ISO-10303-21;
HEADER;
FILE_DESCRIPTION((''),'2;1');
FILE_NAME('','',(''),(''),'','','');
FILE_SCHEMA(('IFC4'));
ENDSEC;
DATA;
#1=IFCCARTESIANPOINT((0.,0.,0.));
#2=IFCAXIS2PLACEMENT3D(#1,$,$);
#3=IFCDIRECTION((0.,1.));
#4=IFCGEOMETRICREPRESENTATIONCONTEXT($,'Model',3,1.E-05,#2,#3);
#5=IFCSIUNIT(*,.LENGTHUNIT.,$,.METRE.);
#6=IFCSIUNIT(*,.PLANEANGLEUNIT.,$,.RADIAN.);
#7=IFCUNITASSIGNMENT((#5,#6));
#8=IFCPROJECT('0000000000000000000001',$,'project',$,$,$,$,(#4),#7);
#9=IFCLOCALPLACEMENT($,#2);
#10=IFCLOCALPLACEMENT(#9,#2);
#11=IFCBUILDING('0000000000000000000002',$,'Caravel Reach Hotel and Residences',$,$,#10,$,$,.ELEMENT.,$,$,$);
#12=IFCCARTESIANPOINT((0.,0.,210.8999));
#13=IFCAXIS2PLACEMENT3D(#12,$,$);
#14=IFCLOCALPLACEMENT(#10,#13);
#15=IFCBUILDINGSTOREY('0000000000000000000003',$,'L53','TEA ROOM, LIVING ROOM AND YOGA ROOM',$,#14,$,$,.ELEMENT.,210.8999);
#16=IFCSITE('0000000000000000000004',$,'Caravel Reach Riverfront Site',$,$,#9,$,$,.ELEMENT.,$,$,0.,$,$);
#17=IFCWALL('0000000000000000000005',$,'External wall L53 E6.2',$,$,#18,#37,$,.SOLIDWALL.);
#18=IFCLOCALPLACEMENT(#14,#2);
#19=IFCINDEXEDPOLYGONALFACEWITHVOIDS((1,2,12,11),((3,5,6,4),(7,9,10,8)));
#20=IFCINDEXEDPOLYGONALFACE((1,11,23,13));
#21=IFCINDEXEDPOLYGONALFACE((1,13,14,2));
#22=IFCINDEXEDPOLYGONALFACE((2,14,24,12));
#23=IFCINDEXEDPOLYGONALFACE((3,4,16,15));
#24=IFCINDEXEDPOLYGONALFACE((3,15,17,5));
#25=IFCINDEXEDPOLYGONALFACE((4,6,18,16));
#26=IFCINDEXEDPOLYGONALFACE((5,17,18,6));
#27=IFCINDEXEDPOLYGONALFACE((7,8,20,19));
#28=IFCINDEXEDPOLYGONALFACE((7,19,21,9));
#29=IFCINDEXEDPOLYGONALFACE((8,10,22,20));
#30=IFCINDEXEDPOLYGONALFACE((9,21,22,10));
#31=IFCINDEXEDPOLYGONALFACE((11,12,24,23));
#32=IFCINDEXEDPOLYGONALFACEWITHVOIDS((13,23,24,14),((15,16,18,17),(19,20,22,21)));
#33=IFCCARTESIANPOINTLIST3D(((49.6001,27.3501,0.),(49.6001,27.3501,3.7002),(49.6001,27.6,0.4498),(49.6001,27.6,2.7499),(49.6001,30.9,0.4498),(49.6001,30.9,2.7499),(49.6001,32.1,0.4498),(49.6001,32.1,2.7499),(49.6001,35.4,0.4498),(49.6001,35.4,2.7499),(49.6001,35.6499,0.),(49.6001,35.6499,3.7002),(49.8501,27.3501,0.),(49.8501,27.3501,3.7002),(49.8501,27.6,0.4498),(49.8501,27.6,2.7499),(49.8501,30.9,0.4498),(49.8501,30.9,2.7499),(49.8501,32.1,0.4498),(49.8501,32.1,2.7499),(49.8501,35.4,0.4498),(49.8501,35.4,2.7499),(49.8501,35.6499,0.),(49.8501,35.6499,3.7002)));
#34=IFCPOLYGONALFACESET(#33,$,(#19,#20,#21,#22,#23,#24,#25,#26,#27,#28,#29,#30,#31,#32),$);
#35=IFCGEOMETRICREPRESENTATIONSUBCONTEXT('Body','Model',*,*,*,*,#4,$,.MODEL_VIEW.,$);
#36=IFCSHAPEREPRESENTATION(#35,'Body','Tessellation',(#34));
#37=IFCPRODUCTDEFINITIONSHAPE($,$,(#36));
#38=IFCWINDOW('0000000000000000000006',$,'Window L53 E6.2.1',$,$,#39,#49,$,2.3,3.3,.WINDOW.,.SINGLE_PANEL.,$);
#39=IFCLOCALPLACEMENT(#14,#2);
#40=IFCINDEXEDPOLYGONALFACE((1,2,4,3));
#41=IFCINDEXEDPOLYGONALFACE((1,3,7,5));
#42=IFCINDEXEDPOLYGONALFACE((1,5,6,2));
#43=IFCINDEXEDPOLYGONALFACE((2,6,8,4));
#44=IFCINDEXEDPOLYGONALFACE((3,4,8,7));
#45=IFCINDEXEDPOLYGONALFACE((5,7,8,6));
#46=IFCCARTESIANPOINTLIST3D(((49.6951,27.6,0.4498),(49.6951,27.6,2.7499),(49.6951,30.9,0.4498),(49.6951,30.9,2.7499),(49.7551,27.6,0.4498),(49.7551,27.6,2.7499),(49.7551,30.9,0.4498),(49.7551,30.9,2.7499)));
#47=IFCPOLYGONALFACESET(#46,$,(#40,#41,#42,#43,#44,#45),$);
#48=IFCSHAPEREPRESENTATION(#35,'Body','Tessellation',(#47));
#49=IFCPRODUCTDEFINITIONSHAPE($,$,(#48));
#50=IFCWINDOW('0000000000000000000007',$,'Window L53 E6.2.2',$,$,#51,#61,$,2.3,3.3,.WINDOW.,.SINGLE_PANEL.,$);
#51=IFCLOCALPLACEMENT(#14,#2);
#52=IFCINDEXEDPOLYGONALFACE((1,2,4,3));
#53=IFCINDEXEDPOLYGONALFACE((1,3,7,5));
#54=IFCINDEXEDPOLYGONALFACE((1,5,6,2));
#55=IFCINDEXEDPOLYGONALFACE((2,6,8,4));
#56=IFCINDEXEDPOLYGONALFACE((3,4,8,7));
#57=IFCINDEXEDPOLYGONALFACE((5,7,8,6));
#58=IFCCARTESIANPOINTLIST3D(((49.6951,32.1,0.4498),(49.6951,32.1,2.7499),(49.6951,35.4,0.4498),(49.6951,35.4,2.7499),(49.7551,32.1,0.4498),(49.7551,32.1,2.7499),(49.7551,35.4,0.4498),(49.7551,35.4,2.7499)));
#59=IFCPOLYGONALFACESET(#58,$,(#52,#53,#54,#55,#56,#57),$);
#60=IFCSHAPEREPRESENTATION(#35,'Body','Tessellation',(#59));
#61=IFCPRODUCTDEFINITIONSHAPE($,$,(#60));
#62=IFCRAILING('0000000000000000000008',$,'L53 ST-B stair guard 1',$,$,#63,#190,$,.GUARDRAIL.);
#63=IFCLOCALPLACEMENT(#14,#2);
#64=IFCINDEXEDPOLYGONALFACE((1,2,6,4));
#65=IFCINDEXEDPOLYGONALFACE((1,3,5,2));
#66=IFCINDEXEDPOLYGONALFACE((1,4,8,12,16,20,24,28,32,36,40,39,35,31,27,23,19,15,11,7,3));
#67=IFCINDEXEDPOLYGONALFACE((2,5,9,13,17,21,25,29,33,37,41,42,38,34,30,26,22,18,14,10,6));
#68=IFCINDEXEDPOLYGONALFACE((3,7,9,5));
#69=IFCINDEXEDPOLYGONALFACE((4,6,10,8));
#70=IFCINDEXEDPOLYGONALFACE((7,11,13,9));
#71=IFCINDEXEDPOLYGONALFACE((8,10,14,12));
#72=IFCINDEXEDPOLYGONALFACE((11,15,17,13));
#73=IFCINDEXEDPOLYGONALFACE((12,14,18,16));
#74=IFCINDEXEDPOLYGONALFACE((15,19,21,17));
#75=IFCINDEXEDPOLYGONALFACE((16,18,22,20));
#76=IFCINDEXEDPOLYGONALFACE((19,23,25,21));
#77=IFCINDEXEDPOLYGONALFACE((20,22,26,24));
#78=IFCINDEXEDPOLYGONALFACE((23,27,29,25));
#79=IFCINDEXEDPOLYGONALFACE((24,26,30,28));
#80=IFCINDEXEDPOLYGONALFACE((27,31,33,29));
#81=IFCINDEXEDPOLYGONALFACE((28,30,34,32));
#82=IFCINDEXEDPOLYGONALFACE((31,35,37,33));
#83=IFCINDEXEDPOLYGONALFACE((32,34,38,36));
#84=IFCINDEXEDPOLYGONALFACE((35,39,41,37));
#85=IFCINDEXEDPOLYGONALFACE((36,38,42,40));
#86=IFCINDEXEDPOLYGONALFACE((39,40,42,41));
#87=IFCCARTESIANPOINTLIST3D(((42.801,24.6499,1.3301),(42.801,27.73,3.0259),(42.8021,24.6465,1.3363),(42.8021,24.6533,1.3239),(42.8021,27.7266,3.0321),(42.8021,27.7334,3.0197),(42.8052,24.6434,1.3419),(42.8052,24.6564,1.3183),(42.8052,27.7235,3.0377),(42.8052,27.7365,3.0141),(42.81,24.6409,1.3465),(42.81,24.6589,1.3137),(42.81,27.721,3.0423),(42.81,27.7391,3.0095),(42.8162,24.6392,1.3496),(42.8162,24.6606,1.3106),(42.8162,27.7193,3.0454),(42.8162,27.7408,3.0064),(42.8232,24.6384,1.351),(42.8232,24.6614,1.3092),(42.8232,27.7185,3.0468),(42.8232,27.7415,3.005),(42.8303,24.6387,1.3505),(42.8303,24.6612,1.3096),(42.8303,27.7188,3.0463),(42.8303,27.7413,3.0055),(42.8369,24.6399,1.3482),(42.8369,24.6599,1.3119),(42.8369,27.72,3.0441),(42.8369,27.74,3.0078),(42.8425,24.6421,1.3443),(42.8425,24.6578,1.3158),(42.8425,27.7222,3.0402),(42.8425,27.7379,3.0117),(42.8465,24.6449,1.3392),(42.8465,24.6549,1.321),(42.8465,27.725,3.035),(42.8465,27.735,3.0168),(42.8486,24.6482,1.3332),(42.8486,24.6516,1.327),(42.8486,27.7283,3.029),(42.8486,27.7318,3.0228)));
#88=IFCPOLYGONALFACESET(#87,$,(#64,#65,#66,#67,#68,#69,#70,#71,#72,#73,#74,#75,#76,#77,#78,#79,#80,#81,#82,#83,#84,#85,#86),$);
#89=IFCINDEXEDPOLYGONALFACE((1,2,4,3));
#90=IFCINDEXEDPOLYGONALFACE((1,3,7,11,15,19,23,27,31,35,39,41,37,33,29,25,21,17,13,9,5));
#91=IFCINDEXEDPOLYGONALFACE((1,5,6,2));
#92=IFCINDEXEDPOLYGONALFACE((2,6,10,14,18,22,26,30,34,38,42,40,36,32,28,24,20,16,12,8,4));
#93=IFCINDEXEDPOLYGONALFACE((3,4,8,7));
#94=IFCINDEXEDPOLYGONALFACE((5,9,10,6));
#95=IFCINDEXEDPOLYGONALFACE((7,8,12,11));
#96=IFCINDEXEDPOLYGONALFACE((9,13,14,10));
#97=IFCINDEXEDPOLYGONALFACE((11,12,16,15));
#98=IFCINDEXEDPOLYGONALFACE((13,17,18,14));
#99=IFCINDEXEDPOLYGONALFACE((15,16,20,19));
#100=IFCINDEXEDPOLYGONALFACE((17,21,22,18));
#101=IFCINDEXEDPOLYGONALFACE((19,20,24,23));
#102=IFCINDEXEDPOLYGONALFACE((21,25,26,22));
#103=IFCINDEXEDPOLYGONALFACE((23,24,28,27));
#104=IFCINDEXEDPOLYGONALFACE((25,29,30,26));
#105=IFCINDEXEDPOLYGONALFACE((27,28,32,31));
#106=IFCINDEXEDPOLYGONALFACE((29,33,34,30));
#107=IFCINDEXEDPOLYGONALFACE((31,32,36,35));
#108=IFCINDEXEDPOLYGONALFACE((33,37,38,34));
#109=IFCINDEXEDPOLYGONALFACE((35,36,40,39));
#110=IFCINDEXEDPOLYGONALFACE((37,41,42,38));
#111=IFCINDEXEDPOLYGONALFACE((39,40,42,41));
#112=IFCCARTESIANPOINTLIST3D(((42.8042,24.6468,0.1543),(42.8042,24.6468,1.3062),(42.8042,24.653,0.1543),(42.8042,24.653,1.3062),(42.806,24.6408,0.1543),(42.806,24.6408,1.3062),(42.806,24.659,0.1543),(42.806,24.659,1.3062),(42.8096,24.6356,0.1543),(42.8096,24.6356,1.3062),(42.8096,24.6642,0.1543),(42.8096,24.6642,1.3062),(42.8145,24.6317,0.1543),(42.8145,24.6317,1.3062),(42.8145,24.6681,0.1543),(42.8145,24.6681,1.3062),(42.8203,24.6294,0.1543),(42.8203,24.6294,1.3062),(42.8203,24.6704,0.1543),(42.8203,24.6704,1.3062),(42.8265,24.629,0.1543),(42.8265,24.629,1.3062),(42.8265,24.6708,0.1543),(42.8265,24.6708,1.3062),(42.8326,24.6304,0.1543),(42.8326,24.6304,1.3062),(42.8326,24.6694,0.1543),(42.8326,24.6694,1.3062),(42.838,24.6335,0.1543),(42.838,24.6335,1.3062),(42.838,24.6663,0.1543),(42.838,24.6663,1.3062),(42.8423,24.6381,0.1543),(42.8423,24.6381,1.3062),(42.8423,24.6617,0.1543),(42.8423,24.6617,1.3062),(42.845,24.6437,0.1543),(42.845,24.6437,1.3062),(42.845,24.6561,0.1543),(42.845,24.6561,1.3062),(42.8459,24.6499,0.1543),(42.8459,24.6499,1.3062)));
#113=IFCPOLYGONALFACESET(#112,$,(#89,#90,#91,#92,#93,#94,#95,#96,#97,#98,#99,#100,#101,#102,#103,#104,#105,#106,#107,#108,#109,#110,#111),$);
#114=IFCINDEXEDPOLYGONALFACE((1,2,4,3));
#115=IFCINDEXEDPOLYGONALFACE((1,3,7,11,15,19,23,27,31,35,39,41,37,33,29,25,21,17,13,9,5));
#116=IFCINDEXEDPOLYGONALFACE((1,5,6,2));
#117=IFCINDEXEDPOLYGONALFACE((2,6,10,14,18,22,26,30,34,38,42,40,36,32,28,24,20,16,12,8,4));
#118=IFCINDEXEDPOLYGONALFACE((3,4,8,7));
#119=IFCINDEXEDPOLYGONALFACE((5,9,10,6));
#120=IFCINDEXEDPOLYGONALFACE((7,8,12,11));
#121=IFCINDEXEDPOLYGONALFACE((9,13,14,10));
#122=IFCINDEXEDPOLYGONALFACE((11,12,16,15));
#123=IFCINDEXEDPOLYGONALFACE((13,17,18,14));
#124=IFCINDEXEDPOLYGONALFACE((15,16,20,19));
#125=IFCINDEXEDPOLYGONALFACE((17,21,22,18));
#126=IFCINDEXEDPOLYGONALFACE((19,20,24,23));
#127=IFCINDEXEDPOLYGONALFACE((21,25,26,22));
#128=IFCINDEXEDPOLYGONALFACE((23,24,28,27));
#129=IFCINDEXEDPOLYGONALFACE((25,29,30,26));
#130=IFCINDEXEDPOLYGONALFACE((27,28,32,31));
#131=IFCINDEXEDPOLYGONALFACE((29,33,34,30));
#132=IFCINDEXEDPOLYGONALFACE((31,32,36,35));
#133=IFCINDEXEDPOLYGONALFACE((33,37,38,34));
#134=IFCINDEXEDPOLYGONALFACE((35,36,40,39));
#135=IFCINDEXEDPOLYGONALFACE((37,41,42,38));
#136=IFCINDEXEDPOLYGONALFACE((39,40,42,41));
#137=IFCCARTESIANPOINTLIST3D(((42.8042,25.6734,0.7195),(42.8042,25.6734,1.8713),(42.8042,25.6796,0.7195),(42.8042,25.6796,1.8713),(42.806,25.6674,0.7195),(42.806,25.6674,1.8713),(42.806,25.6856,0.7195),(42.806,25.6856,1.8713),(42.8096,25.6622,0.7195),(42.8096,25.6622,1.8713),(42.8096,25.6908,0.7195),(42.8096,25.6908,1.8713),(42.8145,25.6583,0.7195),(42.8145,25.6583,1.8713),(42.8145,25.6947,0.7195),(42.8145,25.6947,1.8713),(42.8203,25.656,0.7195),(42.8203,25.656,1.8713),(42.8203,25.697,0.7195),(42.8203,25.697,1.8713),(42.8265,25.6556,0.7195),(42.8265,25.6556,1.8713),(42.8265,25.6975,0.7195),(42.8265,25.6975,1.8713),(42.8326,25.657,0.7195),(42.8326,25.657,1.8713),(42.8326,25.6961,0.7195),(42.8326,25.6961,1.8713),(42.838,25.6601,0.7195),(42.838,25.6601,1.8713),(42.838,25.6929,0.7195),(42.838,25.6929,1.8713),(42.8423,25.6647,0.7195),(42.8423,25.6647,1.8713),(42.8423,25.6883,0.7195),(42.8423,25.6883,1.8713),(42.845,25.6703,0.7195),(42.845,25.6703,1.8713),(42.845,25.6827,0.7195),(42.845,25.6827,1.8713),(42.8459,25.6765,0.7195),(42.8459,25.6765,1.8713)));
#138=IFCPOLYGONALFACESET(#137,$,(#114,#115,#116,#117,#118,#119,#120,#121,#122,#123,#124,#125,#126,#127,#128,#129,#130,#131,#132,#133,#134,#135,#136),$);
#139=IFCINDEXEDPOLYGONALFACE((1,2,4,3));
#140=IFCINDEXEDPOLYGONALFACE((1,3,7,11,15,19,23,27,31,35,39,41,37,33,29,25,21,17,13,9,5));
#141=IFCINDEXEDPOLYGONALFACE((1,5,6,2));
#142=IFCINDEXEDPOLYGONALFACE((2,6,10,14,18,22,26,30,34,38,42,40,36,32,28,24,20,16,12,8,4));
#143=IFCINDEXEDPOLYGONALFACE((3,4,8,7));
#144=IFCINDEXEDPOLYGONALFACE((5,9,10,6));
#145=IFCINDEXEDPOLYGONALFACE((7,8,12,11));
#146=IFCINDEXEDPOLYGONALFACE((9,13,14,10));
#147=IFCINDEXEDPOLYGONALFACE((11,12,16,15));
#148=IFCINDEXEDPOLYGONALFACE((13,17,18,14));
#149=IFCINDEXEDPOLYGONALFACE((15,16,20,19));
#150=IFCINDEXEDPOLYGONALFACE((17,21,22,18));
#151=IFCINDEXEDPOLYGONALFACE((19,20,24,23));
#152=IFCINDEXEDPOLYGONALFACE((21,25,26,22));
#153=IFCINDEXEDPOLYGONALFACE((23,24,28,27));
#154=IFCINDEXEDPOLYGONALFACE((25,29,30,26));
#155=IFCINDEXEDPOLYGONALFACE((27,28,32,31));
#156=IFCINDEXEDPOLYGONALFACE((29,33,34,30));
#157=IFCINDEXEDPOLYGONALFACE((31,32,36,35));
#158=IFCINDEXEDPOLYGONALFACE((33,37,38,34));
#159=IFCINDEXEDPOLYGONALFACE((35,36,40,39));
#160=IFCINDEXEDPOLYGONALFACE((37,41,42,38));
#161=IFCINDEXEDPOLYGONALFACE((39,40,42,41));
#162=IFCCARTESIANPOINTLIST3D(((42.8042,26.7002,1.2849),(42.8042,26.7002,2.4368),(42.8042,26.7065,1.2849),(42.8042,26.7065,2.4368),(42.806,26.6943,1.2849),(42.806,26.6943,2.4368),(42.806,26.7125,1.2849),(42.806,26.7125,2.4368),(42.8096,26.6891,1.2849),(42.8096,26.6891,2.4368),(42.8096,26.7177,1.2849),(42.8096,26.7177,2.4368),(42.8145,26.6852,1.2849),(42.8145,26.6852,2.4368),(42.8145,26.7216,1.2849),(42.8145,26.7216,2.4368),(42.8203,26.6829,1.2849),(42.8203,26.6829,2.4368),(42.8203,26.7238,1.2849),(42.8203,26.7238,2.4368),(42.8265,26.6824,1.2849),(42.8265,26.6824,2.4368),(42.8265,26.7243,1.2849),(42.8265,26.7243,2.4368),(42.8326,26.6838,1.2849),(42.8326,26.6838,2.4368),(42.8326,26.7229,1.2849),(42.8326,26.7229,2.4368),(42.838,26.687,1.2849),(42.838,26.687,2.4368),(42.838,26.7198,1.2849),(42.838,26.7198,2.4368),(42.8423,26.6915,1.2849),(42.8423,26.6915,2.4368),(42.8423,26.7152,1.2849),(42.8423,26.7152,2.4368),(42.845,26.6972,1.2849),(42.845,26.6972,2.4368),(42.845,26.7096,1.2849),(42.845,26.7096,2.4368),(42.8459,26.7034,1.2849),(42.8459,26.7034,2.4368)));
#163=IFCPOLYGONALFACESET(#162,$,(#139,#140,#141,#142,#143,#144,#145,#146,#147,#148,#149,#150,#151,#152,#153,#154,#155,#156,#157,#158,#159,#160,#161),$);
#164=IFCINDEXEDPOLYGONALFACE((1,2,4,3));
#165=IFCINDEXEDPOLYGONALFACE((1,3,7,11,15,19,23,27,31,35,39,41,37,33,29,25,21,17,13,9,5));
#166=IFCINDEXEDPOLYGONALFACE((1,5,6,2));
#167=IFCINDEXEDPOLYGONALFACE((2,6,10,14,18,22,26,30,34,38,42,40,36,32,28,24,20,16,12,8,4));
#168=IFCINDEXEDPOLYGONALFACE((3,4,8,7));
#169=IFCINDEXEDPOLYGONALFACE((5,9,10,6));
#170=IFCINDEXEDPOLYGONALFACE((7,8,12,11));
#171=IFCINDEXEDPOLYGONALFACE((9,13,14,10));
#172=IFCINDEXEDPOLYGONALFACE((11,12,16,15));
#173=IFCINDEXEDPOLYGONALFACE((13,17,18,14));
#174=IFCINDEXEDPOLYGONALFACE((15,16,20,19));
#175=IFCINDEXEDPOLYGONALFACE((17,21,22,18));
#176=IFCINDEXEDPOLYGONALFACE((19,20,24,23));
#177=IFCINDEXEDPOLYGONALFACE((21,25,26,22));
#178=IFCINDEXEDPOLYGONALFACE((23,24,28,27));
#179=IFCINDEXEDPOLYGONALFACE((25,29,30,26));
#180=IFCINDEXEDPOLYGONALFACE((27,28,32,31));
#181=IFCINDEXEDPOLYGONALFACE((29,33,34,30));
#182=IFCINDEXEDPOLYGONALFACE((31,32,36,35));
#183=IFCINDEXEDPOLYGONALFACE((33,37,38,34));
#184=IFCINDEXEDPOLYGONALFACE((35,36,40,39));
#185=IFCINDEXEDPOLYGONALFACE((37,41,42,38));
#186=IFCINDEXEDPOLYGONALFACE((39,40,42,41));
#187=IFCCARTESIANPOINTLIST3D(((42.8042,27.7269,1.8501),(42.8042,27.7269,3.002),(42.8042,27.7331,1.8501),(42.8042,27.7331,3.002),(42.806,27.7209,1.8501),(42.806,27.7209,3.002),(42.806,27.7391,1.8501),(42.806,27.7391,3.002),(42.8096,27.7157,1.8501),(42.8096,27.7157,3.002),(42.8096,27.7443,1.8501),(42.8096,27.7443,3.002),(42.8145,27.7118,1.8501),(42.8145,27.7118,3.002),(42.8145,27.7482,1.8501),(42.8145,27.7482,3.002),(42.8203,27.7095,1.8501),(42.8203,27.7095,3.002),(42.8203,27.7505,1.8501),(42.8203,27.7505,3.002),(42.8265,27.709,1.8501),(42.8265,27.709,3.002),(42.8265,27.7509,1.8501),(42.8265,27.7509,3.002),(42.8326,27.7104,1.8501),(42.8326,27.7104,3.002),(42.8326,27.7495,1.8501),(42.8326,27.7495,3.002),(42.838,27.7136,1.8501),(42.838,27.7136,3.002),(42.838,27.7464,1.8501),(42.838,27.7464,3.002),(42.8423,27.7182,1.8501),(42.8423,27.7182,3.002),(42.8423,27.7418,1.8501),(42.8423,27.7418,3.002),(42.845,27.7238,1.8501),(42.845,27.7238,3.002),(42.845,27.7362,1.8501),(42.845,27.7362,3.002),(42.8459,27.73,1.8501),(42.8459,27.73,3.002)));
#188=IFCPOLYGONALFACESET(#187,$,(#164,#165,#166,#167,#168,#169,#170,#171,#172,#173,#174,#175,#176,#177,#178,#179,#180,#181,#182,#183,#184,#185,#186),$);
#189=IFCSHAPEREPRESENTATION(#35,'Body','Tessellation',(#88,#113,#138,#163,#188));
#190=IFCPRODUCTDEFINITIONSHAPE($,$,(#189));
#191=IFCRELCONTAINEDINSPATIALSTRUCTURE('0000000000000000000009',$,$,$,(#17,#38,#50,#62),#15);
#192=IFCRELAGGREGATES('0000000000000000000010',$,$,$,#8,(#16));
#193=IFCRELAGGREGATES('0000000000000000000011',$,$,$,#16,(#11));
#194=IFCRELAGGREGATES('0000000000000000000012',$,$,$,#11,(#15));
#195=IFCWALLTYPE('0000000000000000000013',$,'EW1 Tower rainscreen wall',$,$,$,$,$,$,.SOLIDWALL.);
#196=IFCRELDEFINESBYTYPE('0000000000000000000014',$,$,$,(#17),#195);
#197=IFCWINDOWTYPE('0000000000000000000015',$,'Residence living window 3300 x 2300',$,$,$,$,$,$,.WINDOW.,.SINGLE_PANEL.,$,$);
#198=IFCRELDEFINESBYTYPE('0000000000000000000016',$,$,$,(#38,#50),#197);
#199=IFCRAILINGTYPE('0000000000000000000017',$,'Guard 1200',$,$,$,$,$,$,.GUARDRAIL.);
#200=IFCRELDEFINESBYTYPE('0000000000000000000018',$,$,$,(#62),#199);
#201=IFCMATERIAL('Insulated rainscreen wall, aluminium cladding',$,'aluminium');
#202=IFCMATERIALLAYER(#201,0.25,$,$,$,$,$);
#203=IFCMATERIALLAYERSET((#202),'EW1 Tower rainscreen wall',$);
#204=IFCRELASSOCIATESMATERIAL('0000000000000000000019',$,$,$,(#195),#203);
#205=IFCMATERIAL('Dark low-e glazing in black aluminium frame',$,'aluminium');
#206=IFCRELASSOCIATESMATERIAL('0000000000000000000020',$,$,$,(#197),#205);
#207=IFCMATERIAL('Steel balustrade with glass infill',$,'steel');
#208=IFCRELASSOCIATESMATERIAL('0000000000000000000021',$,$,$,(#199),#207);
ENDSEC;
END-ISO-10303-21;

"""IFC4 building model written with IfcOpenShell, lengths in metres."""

from ifc_helpers import new_model, si_unit, direction, frame, frame_2d, origin, origin_2d, place, context, subcontext, project, spatial, rectangle, circle, extrude, material, layer, layer_set, type_object, element, fill, save


model = new_model("IFC4")

# Units and contexts
model_context = context("Model", 3, precision=1e-05, world=origin(), true_north=direction((0.0, 1.0)))
body_context = subcontext(model_context, "Body", "Model", "MODEL_VIEW")
ifc_project = project(units=[si_unit("LENGTHUNIT", "METRE"), si_unit("PLANEANGLEUNIT", "RADIAN")], contexts=[model_context])

# Site, building, storey
site_placement = place(None, origin())
site = spatial("IfcSite", under=ifc_project, at=site_placement, Name="Caravel Reach Riverfront Site", CompositionType="ELEMENT", RefElevation=0.0)
building_placement = place(site_placement, origin())
building = spatial("IfcBuilding", under=site, at=building_placement, Name="Caravel Reach Hotel and Residences", CompositionType="ELEMENT")
storey_placement = place(building_placement, frame((0.0, 0.0, 210.8999)))
storey = spatial("IfcBuildingStorey", under=building, at=storey_placement, Name="L53", Description="TEA ROOM, LIVING ROOM AND YOGA ROOM", CompositionType="ELEMENT", Elevation=210.8999)

# Shared definitions
ifc_material_1 = material(Name="Insulated rainscreen wall, aluminium cladding", Category="aluminium")
ifc_layer_1 = layer(ifc_material_1, 0.25)
ifc_layer_set_1 = layer_set([ifc_layer_1], Name="EW1 Tower rainscreen wall")
wall_type_1 = type_object("IfcWallType", Name="EW1 Tower rainscreen wall", PredefinedType="SOLIDWALL", material=ifc_layer_set_1)

# Wall, openings, windows
ifc_material_2 = material(Name="Dark low-e glazing in black aluminium frame", Category="aluminium")
window_type_1 = type_object("IfcWindowType", Name="Residence living window 3300 x 2300", PartitioningType="SINGLE_PANEL", PredefinedType="WINDOW", material=ifc_material_2)
wall_1_placement = place(storey_placement, frame((49.7251, 27.3501, 0.0), z_axis=(0.0, 0.0, 1.0), x_axis=(0.0, 1.0, 0.0)))
wall_1 = element("IfcWall", 1, at=wall_1_placement, inside=storey, type_object=wall_type_1, Name="External wall L53 E6.2", PredefinedType="SOLIDWALL", context=body_context, shape_type="SweptSolid", body=[
    extrude(rectangle(XDim=8.2998, YDim=0.25, at=frame_2d((4.1499, 0.0))), origin(), (0.0, 0.0, 1.0), 3.7002),
])
opening_1_placement = place(wall_1_placement, frame((0.25, 0.0, 0.45)))
opening_1 = element("IfcOpeningElement", 2, at=opening_1_placement, cuts=wall_1, PredefinedType="OPENING", context=body_context, shape_type="SweptSolid", body=[
    extrude(rectangle(XDim=3.3, YDim=2.3, at=frame_2d((1.6499, 1.1499))), frame((0.0, 0.135, 0.0), z_axis=(0.0, -1.0, 0.0), x_axis=(1.0, 0.0, 0.0)), (0.0, 0.0, 1.0), 0.27),
])
opening_2_placement = place(wall_1_placement, frame((4.75, 0.0, 0.45)))
opening_2 = element("IfcOpeningElement", 3, at=opening_2_placement, cuts=wall_1, PredefinedType="OPENING", context=body_context, shape_type="SweptSolid", body=[
    extrude(rectangle(XDim=3.3, YDim=2.3, at=frame_2d((1.6499, 1.1499))), frame((0.0, 0.135, 0.0), z_axis=(0.0, -1.0, 0.0), x_axis=(1.0, 0.0, 0.0)), (0.0, 0.0, 1.0), 0.27),
])
window_1_placement = place(opening_1_placement, origin())
window_1 = element("IfcWindow", 4, at=window_1_placement, inside=storey, type_object=window_type_1, Name="Window L53 E6.2.1", OverallHeight=2.3, OverallWidth=3.3, PartitioningType="SINGLE_PANEL", PredefinedType="WINDOW", context=body_context, shape_type="SweptSolid", body=[
    extrude(rectangle(XDim=3.3, YDim=2.3, at=frame_2d((1.6499, 1.1499))), frame((0.0, 0.03, 0.0), z_axis=(0.0, -1.0, 0.0), x_axis=(1.0, 0.0, 0.0)), (0.0, 0.0, 1.0), 0.0601),
])
fill(opening_1, window_1)
window_2_placement = place(opening_2_placement, origin())
window_2 = element("IfcWindow", 5, at=window_2_placement, inside=storey, type_object=window_type_1, Name="Window L53 E6.2.2", OverallHeight=2.3, OverallWidth=3.3, PartitioningType="SINGLE_PANEL", PredefinedType="WINDOW", context=body_context, shape_type="SweptSolid", body=[
    extrude(rectangle(XDim=3.3, YDim=2.3, at=frame_2d((1.6499, 1.1499))), frame((0.0, 0.03, 0.0), z_axis=(0.0, -1.0, 0.0), x_axis=(1.0, 0.0, 0.0)), (0.0, 0.0, 1.0), 0.0601),
])
fill(opening_2, window_2)

# Railing
ifc_material_3 = material(Name="Steel balustrade with glass infill", Category="steel")
railing_type_1 = type_object("IfcRailingType", Name="Guard 1200", PredefinedType="GUARDRAIL", material=ifc_material_3)
railing_1_placement = place(storey_placement, frame((42.825, 24.6499, 0.1543)))
element("IfcRailing", 6, at=railing_1_placement, inside=storey, type_object=railing_type_1, Name="L53 ST-B stair guard 1", PredefinedType="GUARDRAIL", context=body_context, shape_type="SweptSolid", body=[
    extrude(circle(Radius=0.0239, at=origin_2d()), frame((0.0, 0.0, 1.1758), z_axis=(0.0, 0.876005, 0.482303), x_axis=(-1.0, 0.0, 0.0)), (0.0, 0.0, 1.0), 3.5161),
    extrude(circle(Radius=0.021, at=origin_2d()), origin(), (0.0, 0.0, 1.0), 1.1519),
    extrude(circle(Radius=0.021, at=origin_2d()), frame((0.0, 1.0266, 0.5652)), (0.0, 0.0, 1.0), 1.1519),
    extrude(circle(Radius=0.021, at=origin_2d()), frame((0.0, 2.0535, 1.1306)), (0.0, 0.0, 1.0), 1.1519),
    extrude(circle(Radius=0.021, at=origin_2d()), frame((0.0, 3.0801, 1.6958)), (0.0, 0.0, 1.0), 1.1519),
])

save(model, "model.ifc")
